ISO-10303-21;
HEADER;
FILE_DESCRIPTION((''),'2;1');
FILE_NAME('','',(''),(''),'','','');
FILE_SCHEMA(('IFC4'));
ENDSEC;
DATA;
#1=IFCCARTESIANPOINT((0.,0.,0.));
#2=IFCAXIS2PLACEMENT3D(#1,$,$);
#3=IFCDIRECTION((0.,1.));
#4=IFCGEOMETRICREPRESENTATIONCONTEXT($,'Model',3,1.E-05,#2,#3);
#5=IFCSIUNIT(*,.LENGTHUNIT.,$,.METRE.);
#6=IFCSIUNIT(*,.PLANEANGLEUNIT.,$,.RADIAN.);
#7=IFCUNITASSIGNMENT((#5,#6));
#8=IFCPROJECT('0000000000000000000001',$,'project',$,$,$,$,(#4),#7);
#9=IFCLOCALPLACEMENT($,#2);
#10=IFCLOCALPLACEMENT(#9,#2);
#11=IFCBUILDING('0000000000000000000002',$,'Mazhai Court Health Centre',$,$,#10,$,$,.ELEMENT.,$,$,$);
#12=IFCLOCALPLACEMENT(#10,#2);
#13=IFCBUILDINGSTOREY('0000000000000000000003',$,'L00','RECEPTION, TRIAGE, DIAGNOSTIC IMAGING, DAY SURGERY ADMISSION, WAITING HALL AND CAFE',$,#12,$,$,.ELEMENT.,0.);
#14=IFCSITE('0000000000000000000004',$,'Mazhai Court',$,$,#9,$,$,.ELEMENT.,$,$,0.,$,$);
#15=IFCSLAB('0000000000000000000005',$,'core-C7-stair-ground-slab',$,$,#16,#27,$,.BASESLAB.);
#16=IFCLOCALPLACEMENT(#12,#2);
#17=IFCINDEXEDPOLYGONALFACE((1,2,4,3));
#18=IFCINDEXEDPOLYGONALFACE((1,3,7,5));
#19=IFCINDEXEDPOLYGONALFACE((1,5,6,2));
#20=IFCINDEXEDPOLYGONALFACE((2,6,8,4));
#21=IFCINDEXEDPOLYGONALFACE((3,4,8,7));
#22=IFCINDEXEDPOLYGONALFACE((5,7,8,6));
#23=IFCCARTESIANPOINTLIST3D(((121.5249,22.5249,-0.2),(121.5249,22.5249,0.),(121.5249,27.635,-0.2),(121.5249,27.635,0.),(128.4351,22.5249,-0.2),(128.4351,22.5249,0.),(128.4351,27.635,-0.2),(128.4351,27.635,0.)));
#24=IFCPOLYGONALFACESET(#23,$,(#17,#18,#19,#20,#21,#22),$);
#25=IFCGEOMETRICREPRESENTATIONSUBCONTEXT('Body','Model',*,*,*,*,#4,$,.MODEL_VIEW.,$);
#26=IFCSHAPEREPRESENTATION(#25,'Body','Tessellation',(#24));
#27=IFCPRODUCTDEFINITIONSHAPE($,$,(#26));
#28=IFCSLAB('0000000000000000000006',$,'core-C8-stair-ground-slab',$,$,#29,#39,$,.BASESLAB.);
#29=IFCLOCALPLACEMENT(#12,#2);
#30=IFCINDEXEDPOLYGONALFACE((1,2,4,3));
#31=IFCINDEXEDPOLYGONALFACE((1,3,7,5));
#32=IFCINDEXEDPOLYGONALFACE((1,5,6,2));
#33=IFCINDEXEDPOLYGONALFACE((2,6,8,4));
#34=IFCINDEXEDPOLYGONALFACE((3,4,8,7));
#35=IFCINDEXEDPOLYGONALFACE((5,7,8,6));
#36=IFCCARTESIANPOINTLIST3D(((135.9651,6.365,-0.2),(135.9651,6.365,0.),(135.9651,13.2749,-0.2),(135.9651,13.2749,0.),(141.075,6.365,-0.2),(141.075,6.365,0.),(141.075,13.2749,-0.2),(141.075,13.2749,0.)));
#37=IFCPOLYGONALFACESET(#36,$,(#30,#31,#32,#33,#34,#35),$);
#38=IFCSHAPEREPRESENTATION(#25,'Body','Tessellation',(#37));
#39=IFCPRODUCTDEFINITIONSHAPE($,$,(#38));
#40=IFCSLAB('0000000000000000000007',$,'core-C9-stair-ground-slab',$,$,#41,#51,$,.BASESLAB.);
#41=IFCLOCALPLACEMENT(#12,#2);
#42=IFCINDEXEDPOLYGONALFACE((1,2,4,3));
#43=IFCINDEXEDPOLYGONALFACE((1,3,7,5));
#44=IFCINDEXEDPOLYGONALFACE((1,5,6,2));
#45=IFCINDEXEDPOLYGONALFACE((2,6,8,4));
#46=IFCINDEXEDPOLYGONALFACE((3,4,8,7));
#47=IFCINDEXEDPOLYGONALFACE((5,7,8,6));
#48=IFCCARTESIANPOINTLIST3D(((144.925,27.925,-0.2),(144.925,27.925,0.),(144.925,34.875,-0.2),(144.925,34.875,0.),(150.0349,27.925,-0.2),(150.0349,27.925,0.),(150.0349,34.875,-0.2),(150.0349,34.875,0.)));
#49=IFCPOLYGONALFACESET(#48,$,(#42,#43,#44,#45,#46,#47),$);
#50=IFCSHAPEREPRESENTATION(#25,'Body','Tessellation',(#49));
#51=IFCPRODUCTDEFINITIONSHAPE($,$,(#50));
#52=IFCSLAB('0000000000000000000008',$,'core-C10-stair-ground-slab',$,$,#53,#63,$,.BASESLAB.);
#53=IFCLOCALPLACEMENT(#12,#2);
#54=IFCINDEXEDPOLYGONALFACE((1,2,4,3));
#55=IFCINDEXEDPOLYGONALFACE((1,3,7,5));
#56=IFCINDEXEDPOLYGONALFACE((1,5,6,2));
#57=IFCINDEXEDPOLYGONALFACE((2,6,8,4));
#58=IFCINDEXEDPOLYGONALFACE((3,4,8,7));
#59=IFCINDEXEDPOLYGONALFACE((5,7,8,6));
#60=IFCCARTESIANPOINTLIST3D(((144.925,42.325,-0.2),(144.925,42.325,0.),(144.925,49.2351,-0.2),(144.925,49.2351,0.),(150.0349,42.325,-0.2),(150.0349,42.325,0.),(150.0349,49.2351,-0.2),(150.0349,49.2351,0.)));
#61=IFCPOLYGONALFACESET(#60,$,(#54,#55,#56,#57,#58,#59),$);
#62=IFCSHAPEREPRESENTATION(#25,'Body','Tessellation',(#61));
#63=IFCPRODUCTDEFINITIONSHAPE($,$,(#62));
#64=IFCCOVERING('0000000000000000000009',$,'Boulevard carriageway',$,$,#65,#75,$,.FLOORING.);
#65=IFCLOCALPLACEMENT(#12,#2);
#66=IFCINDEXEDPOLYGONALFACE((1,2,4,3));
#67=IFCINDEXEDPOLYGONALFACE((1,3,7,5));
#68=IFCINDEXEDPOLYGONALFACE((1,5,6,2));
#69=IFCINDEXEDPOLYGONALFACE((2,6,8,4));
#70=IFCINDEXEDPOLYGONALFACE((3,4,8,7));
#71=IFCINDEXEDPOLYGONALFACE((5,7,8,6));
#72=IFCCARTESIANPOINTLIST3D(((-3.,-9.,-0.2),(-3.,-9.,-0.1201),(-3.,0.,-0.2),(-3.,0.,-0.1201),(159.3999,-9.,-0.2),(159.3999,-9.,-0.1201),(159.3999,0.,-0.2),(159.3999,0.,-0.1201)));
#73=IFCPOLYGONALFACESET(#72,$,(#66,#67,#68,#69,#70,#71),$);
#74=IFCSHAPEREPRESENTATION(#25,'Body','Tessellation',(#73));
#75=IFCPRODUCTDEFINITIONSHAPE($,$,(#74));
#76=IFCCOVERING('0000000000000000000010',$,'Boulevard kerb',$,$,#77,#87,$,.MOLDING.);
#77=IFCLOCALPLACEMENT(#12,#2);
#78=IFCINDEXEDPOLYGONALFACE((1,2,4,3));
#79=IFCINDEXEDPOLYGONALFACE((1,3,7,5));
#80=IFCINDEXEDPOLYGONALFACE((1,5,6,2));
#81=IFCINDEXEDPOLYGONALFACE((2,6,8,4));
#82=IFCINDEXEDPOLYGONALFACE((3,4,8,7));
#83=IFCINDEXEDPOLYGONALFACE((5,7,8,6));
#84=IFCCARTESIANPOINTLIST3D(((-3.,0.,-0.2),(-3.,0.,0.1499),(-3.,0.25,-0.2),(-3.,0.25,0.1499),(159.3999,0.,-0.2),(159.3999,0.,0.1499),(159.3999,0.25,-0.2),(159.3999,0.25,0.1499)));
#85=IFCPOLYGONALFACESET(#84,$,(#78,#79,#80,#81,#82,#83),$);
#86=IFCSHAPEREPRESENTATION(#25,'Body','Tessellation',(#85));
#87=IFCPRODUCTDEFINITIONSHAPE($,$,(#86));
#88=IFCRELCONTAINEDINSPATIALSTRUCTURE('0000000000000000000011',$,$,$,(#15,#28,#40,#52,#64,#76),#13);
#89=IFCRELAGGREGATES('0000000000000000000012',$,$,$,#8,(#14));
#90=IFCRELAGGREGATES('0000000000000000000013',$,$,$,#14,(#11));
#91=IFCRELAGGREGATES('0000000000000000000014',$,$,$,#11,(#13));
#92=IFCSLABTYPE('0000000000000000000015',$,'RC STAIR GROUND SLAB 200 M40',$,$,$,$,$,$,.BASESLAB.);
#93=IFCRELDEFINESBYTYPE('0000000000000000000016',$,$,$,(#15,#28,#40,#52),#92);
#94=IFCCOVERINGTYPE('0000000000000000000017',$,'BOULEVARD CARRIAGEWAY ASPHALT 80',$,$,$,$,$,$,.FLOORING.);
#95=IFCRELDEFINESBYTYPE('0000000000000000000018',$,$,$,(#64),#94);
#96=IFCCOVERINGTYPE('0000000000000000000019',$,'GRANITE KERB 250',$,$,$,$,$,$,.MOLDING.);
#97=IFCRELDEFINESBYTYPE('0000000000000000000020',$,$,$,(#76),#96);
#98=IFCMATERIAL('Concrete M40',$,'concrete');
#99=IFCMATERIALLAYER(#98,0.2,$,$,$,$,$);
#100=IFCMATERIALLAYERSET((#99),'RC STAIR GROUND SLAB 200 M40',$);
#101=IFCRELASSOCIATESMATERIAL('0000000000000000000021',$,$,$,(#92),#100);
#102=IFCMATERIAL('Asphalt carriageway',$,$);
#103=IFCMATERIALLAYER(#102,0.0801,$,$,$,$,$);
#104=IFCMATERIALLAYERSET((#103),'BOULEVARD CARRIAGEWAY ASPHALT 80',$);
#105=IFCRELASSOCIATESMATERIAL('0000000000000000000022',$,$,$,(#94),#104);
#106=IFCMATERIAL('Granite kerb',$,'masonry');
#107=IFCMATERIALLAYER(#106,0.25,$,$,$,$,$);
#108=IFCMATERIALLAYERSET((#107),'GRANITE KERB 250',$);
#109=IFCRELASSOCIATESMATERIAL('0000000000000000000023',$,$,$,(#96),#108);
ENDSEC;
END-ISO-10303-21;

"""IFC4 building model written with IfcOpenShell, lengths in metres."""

from ifc_helpers import new_model, si_unit, direction, frame, origin, place, context, subcontext, project, spatial, polyline, outline, extrude, material, layer, layer_set, type_object, element, save


model = new_model("IFC4")

# Units and contexts
model_context = context("Model", 3, precision=1e-05, world=origin(), true_north=direction((0.0, 1.0)))
body_context = subcontext(model_context, "Body", "Model", "MODEL_VIEW")
ifc_project = project(units=[si_unit("LENGTHUNIT", "METRE"), si_unit("PLANEANGLEUNIT", "RADIAN")], contexts=[model_context])

# Site, building, storey
site_placement = place(None, origin())
site = spatial("IfcSite", under=ifc_project, at=site_placement, Name="Mazhai Court", CompositionType="ELEMENT", RefElevation=0.0)
building_placement = place(site_placement, origin())
building = spatial("IfcBuilding", under=site, at=building_placement, Name="Mazhai Court Health Centre", CompositionType="ELEMENT")
storey_placement = place(building_placement, origin())
storey = spatial("IfcBuildingStorey", under=building, at=storey_placement, Name="L00", Description="RECEPTION, TRIAGE, DIAGNOSTIC IMAGING, DAY SURGERY ADMISSION, WAITING HALL AND CAFE", CompositionType="ELEMENT", Elevation=0.0)

# Slabs
ifc_material_1 = material(Name="Concrete M40", Category="concrete")
ifc_layer_1 = layer(ifc_material_1, 0.2)
ifc_layer_set_1 = layer_set([ifc_layer_1], Name="RC STAIR GROUND SLAB 200 M40")
slab_type_1 = type_object("IfcSlabType", Name="RC STAIR GROUND SLAB 200 M40", PredefinedType="BASESLAB", material=ifc_layer_set_1)
slab_1_placement = place(storey_placement, frame((0.0, 0.0, -0.2)))
element("IfcSlab", 1, at=slab_1_placement, inside=storey, type_object=slab_type_1, Name="core-C7-stair-ground-slab", PredefinedType="BASESLAB", context=body_context, shape_type="SweptSolid", body=[
    extrude(outline(polyline([(121.5249, 22.5249), (128.4351, 22.5249), (128.4351, 27.635), (121.5249, 27.635), (121.5249, 22.5249)])), origin(), (0.0, 0.0, 1.0), 0.2),
])
slab_2_placement = place(storey_placement, frame((0.0, 0.0, -0.2)))
element("IfcSlab", 2, at=slab_2_placement, inside=storey, type_object=slab_type_1, Name="core-C8-stair-ground-slab", PredefinedType="BASESLAB", context=body_context, shape_type="SweptSolid", body=[
    extrude(outline(polyline([(135.9651, 6.365), (141.075, 6.365), (141.075, 13.2749), (135.9651, 13.2749), (135.9651, 6.365)])), origin(), (0.0, 0.0, 1.0), 0.2),
])
slab_3_placement = place(storey_placement, frame((0.0, 0.0, -0.2)))
element("IfcSlab", 3, at=slab_3_placement, inside=storey, type_object=slab_type_1, Name="core-C9-stair-ground-slab", PredefinedType="BASESLAB", context=body_context, shape_type="SweptSolid", body=[
    extrude(outline(polyline([(144.925, 27.925), (150.0349, 27.925), (150.0349, 34.875), (144.925, 34.875), (144.925, 27.925)])), origin(), (0.0, 0.0, 1.0), 0.2),
])
slab_4_placement = place(storey_placement, frame((0.0, 0.0, -0.2)))
element("IfcSlab", 4, at=slab_4_placement, inside=storey, type_object=slab_type_1, Name="core-C10-stair-ground-slab", PredefinedType="BASESLAB", context=body_context, shape_type="SweptSolid", body=[
    extrude(outline(polyline([(144.925, 42.325), (150.0349, 42.325), (150.0349, 49.2351), (144.925, 49.2351), (144.925, 42.325)])), origin(), (0.0, 0.0, 1.0), 0.2),
])

# Coverings
ifc_material_2 = material(Name="Asphalt carriageway")
ifc_layer_2 = layer(ifc_material_2, 0.0801)
ifc_layer_set_2 = layer_set([ifc_layer_2], Name="BOULEVARD CARRIAGEWAY ASPHALT 80")
covering_type_1 = type_object("IfcCoveringType", Name="BOULEVARD CARRIAGEWAY ASPHALT 80", PredefinedType="FLOORING", material=ifc_layer_set_2)
covering_1_placement = place(storey_placement, frame((0.0, 0.0, -0.2)))
element("IfcCovering", 5, at=covering_1_placement, inside=storey, type_object=covering_type_1, Name="Boulevard carriageway", PredefinedType="FLOORING", context=body_context, shape_type="SweptSolid", body=[
    extrude(outline(polyline([(-3.0, -9.0), (159.3999, -9.0), (159.3999, 0.0), (-3.0, 0.0), (-3.0, -9.0)])), origin(), (0.0, 0.0, 1.0), 0.0798),
])
ifc_material_3 = material(Name="Granite kerb", Category="masonry")
ifc_layer_3 = layer(ifc_material_3, 0.25)
ifc_layer_set_3 = layer_set([ifc_layer_3], Name="GRANITE KERB 250")
covering_type_2 = type_object("IfcCoveringType", Name="GRANITE KERB 250", PredefinedType="MOLDING", material=ifc_layer_set_3)
covering_2_placement = place(storey_placement, frame((0.0, 0.0, -0.2)))
element("IfcCovering", 6, at=covering_2_placement, inside=storey, type_object=covering_type_2, Name="Boulevard kerb", PredefinedType="MOLDING", context=body_context, shape_type="SweptSolid", body=[
    extrude(outline(polyline([(-3.0, 0.0), (159.3999, 0.0), (159.3999, 0.25), (-3.0, 0.25), (-3.0, 0.0)])), origin(), (0.0, 0.0, 1.0), 0.3499),
])

save(model, "model.ifc")
